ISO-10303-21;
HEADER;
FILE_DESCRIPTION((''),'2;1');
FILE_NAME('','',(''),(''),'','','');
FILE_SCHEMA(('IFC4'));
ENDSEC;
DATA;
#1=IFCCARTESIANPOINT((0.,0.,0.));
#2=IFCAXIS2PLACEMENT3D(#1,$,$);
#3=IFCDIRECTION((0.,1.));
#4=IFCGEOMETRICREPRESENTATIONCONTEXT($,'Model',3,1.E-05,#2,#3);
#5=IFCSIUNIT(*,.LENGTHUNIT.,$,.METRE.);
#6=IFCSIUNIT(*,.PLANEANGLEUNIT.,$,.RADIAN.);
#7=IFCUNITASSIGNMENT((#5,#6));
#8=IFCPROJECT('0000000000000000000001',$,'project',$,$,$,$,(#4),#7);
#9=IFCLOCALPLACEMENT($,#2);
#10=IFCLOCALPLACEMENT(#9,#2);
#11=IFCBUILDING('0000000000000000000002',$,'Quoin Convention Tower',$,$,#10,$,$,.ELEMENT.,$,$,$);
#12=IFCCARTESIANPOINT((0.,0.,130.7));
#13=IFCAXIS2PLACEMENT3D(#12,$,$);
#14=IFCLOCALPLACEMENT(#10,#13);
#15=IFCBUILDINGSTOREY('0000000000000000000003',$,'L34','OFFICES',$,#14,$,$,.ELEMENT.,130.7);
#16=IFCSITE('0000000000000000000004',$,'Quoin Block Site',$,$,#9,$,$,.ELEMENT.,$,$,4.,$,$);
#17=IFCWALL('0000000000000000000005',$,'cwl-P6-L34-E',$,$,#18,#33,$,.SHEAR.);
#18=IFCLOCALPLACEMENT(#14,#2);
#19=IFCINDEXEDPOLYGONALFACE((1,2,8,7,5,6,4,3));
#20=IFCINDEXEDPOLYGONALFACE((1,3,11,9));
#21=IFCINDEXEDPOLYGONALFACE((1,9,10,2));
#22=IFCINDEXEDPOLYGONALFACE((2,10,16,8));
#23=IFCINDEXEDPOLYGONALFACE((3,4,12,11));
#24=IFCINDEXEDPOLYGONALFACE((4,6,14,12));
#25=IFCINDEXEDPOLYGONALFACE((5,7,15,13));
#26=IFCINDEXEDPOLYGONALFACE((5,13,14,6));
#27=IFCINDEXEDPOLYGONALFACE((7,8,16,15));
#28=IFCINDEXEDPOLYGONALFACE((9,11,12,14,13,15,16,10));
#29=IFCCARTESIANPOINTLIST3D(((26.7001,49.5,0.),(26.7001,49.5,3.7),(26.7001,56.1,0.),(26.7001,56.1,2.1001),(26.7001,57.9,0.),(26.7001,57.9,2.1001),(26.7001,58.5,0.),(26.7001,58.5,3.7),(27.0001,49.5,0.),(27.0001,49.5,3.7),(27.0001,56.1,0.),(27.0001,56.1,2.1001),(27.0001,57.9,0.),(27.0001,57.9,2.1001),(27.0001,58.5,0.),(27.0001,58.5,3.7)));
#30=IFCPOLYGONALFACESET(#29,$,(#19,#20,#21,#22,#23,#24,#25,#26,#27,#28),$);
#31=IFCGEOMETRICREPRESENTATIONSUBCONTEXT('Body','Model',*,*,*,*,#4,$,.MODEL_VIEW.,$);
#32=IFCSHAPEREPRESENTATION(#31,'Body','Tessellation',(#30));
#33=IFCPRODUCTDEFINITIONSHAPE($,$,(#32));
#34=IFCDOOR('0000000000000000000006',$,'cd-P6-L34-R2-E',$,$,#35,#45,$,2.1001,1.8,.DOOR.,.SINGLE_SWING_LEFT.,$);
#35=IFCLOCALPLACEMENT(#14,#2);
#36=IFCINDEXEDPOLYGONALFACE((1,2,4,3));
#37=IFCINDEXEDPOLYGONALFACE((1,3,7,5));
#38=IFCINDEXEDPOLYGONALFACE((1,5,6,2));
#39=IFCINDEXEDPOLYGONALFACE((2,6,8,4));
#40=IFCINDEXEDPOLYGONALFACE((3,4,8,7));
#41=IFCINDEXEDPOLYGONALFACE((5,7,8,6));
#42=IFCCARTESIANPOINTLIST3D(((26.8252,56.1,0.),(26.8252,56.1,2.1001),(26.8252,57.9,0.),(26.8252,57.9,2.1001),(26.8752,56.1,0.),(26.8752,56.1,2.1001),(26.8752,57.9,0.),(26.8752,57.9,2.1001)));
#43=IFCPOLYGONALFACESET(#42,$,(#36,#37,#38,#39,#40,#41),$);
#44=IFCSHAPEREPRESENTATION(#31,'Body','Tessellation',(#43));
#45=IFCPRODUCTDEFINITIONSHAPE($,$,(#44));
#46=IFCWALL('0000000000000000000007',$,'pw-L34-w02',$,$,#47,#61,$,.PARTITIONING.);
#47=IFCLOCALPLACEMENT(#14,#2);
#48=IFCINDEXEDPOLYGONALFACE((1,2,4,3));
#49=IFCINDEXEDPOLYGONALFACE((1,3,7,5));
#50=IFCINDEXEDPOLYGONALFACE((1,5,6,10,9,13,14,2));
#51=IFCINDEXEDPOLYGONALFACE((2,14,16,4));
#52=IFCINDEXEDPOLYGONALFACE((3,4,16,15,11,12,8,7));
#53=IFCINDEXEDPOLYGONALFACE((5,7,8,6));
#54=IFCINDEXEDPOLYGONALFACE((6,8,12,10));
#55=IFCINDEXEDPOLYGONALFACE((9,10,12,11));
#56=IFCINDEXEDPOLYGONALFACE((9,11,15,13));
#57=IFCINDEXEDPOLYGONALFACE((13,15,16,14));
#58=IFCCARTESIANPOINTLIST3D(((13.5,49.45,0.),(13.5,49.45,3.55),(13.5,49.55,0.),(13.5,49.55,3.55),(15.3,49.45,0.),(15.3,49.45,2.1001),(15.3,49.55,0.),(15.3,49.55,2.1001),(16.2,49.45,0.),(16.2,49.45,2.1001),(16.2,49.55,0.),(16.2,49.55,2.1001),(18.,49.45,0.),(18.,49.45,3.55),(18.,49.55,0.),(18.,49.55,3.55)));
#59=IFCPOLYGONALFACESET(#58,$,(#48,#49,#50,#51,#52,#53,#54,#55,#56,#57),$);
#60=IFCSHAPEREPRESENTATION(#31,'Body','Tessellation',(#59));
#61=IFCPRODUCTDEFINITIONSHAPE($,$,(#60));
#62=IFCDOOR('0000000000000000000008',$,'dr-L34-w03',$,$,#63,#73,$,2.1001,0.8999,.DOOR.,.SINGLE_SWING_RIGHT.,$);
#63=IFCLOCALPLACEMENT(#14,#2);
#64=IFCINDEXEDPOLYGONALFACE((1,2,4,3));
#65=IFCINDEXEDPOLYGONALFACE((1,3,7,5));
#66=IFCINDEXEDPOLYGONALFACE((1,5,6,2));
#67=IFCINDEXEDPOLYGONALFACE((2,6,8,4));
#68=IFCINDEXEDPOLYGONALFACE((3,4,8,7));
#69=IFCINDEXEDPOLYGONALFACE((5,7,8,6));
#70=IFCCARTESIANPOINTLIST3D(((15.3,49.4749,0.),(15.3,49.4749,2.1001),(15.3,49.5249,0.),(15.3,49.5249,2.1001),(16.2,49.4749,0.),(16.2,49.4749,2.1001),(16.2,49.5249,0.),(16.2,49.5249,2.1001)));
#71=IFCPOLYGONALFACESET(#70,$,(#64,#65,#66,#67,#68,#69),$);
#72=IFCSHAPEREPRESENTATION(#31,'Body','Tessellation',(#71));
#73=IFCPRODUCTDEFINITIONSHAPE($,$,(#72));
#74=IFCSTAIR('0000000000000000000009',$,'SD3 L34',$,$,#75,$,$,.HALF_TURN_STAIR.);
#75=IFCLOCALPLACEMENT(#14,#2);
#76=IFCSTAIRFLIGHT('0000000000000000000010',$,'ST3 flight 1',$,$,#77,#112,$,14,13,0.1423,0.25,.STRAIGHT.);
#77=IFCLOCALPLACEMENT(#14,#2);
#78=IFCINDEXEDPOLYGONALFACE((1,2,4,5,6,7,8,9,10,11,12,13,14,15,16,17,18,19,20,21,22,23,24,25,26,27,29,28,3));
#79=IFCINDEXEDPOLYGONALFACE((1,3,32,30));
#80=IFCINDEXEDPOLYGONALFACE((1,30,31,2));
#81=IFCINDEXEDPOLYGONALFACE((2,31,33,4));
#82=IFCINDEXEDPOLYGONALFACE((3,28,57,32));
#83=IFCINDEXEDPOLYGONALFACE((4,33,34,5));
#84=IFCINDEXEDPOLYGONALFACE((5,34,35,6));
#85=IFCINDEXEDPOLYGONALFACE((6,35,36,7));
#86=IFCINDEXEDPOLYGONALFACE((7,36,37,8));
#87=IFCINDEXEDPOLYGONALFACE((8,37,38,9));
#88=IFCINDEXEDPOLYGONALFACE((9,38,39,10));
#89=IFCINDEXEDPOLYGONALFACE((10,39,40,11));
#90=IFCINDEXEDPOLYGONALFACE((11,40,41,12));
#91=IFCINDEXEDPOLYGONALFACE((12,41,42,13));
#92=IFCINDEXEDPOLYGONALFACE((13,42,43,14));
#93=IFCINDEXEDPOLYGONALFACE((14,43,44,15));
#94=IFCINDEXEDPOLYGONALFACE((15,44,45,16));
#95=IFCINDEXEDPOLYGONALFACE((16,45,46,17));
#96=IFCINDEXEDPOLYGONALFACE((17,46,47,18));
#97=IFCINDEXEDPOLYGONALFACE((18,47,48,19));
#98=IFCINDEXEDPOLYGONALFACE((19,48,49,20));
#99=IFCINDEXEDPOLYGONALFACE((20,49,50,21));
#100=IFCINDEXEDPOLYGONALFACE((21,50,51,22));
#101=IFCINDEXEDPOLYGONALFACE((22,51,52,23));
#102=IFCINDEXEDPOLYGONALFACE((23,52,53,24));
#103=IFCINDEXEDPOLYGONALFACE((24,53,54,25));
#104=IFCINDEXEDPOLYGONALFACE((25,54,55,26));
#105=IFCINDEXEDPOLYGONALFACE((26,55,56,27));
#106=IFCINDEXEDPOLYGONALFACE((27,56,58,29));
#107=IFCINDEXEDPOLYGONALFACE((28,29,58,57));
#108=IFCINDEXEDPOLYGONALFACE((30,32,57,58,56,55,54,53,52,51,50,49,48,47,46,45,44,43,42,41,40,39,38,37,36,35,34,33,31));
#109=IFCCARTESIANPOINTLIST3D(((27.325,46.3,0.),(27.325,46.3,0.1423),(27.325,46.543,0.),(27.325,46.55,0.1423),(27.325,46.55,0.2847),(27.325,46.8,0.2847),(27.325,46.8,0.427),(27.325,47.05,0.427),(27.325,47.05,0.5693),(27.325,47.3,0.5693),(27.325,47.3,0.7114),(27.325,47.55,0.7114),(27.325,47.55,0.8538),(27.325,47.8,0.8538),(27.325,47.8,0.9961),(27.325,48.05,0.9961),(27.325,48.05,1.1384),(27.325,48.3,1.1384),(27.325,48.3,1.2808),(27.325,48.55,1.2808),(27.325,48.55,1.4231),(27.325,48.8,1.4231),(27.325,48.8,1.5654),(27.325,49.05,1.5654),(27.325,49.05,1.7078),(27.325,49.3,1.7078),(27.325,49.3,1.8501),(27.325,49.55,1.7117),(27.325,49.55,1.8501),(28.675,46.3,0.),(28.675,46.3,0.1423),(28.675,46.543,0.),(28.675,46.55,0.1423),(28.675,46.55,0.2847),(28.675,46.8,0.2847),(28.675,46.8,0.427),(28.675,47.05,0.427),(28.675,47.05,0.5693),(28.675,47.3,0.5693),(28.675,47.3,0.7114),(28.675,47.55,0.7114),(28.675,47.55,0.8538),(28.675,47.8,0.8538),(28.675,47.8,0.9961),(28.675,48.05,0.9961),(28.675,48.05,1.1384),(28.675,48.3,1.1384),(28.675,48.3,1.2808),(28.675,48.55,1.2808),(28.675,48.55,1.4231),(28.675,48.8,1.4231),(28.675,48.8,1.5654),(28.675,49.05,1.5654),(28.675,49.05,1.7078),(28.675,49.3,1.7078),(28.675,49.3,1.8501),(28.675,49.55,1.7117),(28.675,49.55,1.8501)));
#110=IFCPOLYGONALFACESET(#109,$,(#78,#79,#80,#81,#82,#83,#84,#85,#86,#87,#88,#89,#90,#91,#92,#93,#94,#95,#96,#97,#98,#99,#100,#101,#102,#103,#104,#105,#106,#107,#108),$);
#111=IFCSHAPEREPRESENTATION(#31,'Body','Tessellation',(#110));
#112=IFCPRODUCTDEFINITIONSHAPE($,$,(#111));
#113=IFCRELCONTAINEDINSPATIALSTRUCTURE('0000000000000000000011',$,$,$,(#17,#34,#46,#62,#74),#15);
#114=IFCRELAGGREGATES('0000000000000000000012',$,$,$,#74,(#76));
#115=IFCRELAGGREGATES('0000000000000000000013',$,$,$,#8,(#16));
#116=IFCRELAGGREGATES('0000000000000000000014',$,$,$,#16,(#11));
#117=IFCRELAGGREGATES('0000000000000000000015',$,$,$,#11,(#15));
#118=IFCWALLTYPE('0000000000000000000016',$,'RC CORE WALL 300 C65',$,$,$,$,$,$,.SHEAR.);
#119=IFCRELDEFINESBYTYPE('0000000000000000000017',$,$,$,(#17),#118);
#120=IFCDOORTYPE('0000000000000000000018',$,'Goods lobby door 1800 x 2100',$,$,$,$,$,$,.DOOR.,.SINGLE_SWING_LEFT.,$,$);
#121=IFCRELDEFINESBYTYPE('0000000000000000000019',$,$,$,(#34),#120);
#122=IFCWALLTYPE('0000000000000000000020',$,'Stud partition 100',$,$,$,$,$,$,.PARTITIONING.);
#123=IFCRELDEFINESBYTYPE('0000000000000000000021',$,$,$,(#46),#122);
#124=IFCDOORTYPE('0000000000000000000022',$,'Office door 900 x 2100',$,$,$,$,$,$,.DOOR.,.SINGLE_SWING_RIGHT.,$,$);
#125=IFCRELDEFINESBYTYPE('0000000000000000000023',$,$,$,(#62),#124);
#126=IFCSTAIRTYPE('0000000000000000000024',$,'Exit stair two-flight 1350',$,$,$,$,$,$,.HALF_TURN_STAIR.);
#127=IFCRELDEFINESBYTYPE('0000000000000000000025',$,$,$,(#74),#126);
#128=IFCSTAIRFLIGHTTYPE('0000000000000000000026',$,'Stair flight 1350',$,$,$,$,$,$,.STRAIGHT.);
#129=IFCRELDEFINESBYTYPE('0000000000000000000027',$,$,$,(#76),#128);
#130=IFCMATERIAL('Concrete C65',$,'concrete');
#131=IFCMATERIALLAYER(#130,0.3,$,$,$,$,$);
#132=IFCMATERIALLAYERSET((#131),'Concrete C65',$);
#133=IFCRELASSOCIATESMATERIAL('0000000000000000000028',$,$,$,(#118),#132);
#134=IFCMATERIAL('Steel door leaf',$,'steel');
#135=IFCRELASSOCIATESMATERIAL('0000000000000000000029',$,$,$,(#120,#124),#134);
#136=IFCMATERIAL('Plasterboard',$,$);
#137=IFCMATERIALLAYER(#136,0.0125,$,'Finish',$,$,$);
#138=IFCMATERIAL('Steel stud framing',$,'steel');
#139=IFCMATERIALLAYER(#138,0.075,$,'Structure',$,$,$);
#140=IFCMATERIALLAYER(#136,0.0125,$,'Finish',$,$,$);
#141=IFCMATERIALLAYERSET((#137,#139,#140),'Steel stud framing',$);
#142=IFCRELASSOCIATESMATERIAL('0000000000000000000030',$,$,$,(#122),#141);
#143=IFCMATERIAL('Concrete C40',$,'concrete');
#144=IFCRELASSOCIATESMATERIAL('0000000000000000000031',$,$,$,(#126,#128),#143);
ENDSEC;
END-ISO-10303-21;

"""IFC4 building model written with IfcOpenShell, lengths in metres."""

from ifc_helpers import new_model, si_unit, direction, frame, frame_2d, origin, place, context, subcontext, project, spatial, polyline, rectangle, outline, extrude, material, layer, layer_set, type_object, element, fill, aggregate, save


model = new_model("IFC4")

# Units and contexts
model_context = context("Model", 3, precision=1e-05, world=origin(), true_north=direction((0.0, 1.0)))
body_context = subcontext(model_context, "Body", "Model", "MODEL_VIEW")
ifc_project = project(units=[si_unit("LENGTHUNIT", "METRE"), si_unit("PLANEANGLEUNIT", "RADIAN")], contexts=[model_context])

# Site, building, storey
site_placement = place(None, origin())
site = spatial("IfcSite", under=ifc_project, at=site_placement, Name="Quoin Block Site", CompositionType="ELEMENT", RefElevation=4.0)
building_placement = place(site_placement, origin())
building = spatial("IfcBuilding", under=site, at=building_placement, Name="Quoin Convention Tower", CompositionType="ELEMENT")
storey_placement = place(building_placement, frame((0.0, 0.0, 130.7)))
storey = spatial("IfcBuildingStorey", under=building, at=storey_placement, Name="L34", Description="OFFICES", CompositionType="ELEMENT", Elevation=130.7)

# Shared definitions
ifc_material_1 = material(Name="Concrete C65", Category="concrete")

# Shared definitions
ifc_material_2 = material(Name="Plasterboard")
ifc_material_3 = material(Name="Steel stud framing", Category="steel")

# Shared definitions
ifc_layer_1 = layer(ifc_material_1, 0.3)
ifc_layer_set_1 = layer_set([ifc_layer_1], Name="Concrete C65")
wall_type_1 = type_object("IfcWallType", Name="RC CORE WALL 300 C65", PredefinedType="SHEAR", material=ifc_layer_set_1)
ifc_material_4 = material(Name="Steel door leaf", Category="steel")

# Walls, openings, doors
wall_1_placement = place(storey_placement, frame((26.8501, 49.5, 0.0), z_axis=(0.0, 0.0, 1.0), x_axis=(0.0, 1.0, 0.0)))
wall_1 = element("IfcWall", 1, at=wall_1_placement, inside=storey, type_object=wall_type_1, Name="cwl-P6-L34-E", PredefinedType="SHEAR", context=body_context, shape_type="SweptSolid", body=[
    extrude(rectangle(XDim=9.0, YDim=0.3, at=frame_2d((4.5, 0.0))), origin(), (0.0, 0.0, 1.0), 3.7),
])
opening_1_placement = place(wall_1_placement, frame((6.6001, 0.0, 0.0)))
opening_1 = element("IfcOpeningElement", 2, at=opening_1_placement, cuts=wall_1, PredefinedType="OPENING", context=body_context, shape_type="SweptSolid", body=[
    extrude(rectangle(XDim=1.8, YDim=2.1001, at=frame_2d((0.8999, 1.05))), frame((0.0, 0.1599, 0.0), z_axis=(0.0, -1.0, 0.0), x_axis=(1.0, 0.0, 0.0)), (0.0, 0.0, 1.0), 0.3201),
])
door_type_1 = type_object("IfcDoorType", Name="Goods lobby door 1800 x 2100", OperationType="SINGLE_SWING_LEFT", PredefinedType="DOOR", material=ifc_material_4)
door_1_placement = place(opening_1_placement, origin())
door_1 = element("IfcDoor", 3, at=door_1_placement, inside=storey, type_object=door_type_1, Name="cd-P6-L34-R2-E", OperationType="SINGLE_SWING_LEFT", OverallHeight=2.1001, OverallWidth=1.8, PredefinedType="DOOR", context=body_context, shape_type="SweptSolid", body=[
    extrude(rectangle(XDim=1.8, YDim=2.1001, at=frame_2d((0.8999, 1.05))), frame((0.0, 0.0249, 0.0), z_axis=(0.0, -1.0, 0.0), x_axis=(1.0, 0.0, 0.0)), (0.0, 0.0, 1.0), 0.05),
])
fill(opening_1, door_1)
ifc_layer_2 = layer(ifc_material_2, 0.0125, Name="Finish")
ifc_layer_3 = layer(ifc_material_3, 0.075, Name="Structure")
ifc_layer_4 = layer(ifc_material_2, 0.0125, Name="Finish")
ifc_layer_set_2 = layer_set([ifc_layer_2, ifc_layer_3, ifc_layer_4], Name="Steel stud framing")
wall_type_2 = type_object("IfcWallType", Name="Stud partition 100", PredefinedType="PARTITIONING", material=ifc_layer_set_2)
wall_2_placement = place(storey_placement, frame((13.5, 49.5, 0.0), z_axis=(0.0, 0.0, 1.0), x_axis=(1.0, 0.0, 0.0)))
wall_2 = element("IfcWall", 4, at=wall_2_placement, inside=storey, type_object=wall_type_2, Name="pw-L34-w02", PredefinedType="PARTITIONING", context=body_context, shape_type="SweptSolid", body=[
    extrude(rectangle(XDim=4.5, YDim=0.1001, at=frame_2d((2.25, 0.0))), origin(), (0.0, 0.0, 1.0), 3.55),
])
opening_2_placement = place(wall_2_placement, frame((1.8, 0.0, 0.0)))
opening_2 = element("IfcOpeningElement", 5, at=opening_2_placement, cuts=wall_2, PredefinedType="OPENING", context=body_context, shape_type="SweptSolid", body=[
    extrude(rectangle(XDim=0.8999, YDim=2.1001, at=frame_2d((0.45, 1.05))), frame((0.0, 0.0601, 0.0), z_axis=(0.0, -1.0, 0.0), x_axis=(1.0, 0.0, 0.0)), (0.0, 0.0, 1.0), 0.1201),
])
door_type_2 = type_object("IfcDoorType", Name="Office door 900 x 2100", OperationType="SINGLE_SWING_RIGHT", PredefinedType="DOOR", material=ifc_material_4)
door_2_placement = place(opening_2_placement, origin())
door_2 = element("IfcDoor", 6, at=door_2_placement, inside=storey, type_object=door_type_2, Name="dr-L34-w03", OperationType="SINGLE_SWING_RIGHT", OverallHeight=2.1001, OverallWidth=0.8999, PredefinedType="DOOR", context=body_context, shape_type="SweptSolid", body=[
    extrude(rectangle(XDim=0.8999, YDim=2.1001, at=frame_2d((0.45, 1.05))), frame((0.0, 0.0249, 0.0), z_axis=(0.0, -1.0, 0.0), x_axis=(1.0, 0.0, 0.0)), (0.0, 0.0, 1.0), 0.05),
])
fill(opening_2, door_2)

# Stair, stair flight
ifc_material_5 = material(Name="Concrete C40", Category="concrete")
stair_type = type_object("IfcStairType", Name="Exit stair two-flight 1350", PredefinedType="HALF_TURN_STAIR", material=ifc_material_5)
stair_placement = place(storey_placement, origin())
stair = element("IfcStair", 7, at=stair_placement, inside=storey, type_object=stair_type, Name="SD3 L34", PredefinedType="HALF_TURN_STAIR")
stair_flight_type = type_object("IfcStairFlightType", Name="Stair flight 1350", PredefinedType="STRAIGHT", material=ifc_material_5)
stair_flight_placement = place(storey_placement, frame((28.0, 46.3, 0.0), z_axis=(0.0, 0.0, 1.0), x_axis=(0.0, 1.0, 0.0)))
stair_flight = element("IfcStairFlight", 8, at=stair_flight_placement, type_object=stair_flight_type, Name="ST3 flight 1", NumberOfRisers=14, NumberOfTreads=13, PredefinedType="STRAIGHT", RiserHeight=0.1423, TreadLength=0.25, context=body_context, shape_type="SweptSolid", body=[
    extrude(outline(polyline([(0.0, 0.0), (0.0, 0.1423), (0.25, 0.1423), (0.25, 0.2847), (0.5, 0.2847), (0.5, 0.427), (0.75, 0.427), (0.75, 0.5693), (1.0, 0.5693), (1.0, 0.7114), (1.25, 0.7114), (1.25, 0.8538), (1.5, 0.8538), (1.5, 0.9961), (1.75, 0.9961), (1.75, 1.1384), (2.0, 1.1384), (2.0, 1.2808), (2.25, 1.2808), (2.25, 1.4231), (2.5, 1.4231), (2.5, 1.5654), (2.75, 1.5654), (2.75, 1.7078), (3.0, 1.7078), (3.0, 1.8501), (3.25, 1.8501), (3.25, 1.9922), (3.25, 1.7117), (0.2429, 0.0), (0.0, 0.0)])), frame((0.0, 0.675, 0.0), z_axis=(0.0, -1.0, 0.0), x_axis=(1.0, 0.0, 0.0)), (0.0, 0.0, 1.0), 1.3501),
])
aggregate(stair, [stair_flight])

save(model, "model.ifc")
